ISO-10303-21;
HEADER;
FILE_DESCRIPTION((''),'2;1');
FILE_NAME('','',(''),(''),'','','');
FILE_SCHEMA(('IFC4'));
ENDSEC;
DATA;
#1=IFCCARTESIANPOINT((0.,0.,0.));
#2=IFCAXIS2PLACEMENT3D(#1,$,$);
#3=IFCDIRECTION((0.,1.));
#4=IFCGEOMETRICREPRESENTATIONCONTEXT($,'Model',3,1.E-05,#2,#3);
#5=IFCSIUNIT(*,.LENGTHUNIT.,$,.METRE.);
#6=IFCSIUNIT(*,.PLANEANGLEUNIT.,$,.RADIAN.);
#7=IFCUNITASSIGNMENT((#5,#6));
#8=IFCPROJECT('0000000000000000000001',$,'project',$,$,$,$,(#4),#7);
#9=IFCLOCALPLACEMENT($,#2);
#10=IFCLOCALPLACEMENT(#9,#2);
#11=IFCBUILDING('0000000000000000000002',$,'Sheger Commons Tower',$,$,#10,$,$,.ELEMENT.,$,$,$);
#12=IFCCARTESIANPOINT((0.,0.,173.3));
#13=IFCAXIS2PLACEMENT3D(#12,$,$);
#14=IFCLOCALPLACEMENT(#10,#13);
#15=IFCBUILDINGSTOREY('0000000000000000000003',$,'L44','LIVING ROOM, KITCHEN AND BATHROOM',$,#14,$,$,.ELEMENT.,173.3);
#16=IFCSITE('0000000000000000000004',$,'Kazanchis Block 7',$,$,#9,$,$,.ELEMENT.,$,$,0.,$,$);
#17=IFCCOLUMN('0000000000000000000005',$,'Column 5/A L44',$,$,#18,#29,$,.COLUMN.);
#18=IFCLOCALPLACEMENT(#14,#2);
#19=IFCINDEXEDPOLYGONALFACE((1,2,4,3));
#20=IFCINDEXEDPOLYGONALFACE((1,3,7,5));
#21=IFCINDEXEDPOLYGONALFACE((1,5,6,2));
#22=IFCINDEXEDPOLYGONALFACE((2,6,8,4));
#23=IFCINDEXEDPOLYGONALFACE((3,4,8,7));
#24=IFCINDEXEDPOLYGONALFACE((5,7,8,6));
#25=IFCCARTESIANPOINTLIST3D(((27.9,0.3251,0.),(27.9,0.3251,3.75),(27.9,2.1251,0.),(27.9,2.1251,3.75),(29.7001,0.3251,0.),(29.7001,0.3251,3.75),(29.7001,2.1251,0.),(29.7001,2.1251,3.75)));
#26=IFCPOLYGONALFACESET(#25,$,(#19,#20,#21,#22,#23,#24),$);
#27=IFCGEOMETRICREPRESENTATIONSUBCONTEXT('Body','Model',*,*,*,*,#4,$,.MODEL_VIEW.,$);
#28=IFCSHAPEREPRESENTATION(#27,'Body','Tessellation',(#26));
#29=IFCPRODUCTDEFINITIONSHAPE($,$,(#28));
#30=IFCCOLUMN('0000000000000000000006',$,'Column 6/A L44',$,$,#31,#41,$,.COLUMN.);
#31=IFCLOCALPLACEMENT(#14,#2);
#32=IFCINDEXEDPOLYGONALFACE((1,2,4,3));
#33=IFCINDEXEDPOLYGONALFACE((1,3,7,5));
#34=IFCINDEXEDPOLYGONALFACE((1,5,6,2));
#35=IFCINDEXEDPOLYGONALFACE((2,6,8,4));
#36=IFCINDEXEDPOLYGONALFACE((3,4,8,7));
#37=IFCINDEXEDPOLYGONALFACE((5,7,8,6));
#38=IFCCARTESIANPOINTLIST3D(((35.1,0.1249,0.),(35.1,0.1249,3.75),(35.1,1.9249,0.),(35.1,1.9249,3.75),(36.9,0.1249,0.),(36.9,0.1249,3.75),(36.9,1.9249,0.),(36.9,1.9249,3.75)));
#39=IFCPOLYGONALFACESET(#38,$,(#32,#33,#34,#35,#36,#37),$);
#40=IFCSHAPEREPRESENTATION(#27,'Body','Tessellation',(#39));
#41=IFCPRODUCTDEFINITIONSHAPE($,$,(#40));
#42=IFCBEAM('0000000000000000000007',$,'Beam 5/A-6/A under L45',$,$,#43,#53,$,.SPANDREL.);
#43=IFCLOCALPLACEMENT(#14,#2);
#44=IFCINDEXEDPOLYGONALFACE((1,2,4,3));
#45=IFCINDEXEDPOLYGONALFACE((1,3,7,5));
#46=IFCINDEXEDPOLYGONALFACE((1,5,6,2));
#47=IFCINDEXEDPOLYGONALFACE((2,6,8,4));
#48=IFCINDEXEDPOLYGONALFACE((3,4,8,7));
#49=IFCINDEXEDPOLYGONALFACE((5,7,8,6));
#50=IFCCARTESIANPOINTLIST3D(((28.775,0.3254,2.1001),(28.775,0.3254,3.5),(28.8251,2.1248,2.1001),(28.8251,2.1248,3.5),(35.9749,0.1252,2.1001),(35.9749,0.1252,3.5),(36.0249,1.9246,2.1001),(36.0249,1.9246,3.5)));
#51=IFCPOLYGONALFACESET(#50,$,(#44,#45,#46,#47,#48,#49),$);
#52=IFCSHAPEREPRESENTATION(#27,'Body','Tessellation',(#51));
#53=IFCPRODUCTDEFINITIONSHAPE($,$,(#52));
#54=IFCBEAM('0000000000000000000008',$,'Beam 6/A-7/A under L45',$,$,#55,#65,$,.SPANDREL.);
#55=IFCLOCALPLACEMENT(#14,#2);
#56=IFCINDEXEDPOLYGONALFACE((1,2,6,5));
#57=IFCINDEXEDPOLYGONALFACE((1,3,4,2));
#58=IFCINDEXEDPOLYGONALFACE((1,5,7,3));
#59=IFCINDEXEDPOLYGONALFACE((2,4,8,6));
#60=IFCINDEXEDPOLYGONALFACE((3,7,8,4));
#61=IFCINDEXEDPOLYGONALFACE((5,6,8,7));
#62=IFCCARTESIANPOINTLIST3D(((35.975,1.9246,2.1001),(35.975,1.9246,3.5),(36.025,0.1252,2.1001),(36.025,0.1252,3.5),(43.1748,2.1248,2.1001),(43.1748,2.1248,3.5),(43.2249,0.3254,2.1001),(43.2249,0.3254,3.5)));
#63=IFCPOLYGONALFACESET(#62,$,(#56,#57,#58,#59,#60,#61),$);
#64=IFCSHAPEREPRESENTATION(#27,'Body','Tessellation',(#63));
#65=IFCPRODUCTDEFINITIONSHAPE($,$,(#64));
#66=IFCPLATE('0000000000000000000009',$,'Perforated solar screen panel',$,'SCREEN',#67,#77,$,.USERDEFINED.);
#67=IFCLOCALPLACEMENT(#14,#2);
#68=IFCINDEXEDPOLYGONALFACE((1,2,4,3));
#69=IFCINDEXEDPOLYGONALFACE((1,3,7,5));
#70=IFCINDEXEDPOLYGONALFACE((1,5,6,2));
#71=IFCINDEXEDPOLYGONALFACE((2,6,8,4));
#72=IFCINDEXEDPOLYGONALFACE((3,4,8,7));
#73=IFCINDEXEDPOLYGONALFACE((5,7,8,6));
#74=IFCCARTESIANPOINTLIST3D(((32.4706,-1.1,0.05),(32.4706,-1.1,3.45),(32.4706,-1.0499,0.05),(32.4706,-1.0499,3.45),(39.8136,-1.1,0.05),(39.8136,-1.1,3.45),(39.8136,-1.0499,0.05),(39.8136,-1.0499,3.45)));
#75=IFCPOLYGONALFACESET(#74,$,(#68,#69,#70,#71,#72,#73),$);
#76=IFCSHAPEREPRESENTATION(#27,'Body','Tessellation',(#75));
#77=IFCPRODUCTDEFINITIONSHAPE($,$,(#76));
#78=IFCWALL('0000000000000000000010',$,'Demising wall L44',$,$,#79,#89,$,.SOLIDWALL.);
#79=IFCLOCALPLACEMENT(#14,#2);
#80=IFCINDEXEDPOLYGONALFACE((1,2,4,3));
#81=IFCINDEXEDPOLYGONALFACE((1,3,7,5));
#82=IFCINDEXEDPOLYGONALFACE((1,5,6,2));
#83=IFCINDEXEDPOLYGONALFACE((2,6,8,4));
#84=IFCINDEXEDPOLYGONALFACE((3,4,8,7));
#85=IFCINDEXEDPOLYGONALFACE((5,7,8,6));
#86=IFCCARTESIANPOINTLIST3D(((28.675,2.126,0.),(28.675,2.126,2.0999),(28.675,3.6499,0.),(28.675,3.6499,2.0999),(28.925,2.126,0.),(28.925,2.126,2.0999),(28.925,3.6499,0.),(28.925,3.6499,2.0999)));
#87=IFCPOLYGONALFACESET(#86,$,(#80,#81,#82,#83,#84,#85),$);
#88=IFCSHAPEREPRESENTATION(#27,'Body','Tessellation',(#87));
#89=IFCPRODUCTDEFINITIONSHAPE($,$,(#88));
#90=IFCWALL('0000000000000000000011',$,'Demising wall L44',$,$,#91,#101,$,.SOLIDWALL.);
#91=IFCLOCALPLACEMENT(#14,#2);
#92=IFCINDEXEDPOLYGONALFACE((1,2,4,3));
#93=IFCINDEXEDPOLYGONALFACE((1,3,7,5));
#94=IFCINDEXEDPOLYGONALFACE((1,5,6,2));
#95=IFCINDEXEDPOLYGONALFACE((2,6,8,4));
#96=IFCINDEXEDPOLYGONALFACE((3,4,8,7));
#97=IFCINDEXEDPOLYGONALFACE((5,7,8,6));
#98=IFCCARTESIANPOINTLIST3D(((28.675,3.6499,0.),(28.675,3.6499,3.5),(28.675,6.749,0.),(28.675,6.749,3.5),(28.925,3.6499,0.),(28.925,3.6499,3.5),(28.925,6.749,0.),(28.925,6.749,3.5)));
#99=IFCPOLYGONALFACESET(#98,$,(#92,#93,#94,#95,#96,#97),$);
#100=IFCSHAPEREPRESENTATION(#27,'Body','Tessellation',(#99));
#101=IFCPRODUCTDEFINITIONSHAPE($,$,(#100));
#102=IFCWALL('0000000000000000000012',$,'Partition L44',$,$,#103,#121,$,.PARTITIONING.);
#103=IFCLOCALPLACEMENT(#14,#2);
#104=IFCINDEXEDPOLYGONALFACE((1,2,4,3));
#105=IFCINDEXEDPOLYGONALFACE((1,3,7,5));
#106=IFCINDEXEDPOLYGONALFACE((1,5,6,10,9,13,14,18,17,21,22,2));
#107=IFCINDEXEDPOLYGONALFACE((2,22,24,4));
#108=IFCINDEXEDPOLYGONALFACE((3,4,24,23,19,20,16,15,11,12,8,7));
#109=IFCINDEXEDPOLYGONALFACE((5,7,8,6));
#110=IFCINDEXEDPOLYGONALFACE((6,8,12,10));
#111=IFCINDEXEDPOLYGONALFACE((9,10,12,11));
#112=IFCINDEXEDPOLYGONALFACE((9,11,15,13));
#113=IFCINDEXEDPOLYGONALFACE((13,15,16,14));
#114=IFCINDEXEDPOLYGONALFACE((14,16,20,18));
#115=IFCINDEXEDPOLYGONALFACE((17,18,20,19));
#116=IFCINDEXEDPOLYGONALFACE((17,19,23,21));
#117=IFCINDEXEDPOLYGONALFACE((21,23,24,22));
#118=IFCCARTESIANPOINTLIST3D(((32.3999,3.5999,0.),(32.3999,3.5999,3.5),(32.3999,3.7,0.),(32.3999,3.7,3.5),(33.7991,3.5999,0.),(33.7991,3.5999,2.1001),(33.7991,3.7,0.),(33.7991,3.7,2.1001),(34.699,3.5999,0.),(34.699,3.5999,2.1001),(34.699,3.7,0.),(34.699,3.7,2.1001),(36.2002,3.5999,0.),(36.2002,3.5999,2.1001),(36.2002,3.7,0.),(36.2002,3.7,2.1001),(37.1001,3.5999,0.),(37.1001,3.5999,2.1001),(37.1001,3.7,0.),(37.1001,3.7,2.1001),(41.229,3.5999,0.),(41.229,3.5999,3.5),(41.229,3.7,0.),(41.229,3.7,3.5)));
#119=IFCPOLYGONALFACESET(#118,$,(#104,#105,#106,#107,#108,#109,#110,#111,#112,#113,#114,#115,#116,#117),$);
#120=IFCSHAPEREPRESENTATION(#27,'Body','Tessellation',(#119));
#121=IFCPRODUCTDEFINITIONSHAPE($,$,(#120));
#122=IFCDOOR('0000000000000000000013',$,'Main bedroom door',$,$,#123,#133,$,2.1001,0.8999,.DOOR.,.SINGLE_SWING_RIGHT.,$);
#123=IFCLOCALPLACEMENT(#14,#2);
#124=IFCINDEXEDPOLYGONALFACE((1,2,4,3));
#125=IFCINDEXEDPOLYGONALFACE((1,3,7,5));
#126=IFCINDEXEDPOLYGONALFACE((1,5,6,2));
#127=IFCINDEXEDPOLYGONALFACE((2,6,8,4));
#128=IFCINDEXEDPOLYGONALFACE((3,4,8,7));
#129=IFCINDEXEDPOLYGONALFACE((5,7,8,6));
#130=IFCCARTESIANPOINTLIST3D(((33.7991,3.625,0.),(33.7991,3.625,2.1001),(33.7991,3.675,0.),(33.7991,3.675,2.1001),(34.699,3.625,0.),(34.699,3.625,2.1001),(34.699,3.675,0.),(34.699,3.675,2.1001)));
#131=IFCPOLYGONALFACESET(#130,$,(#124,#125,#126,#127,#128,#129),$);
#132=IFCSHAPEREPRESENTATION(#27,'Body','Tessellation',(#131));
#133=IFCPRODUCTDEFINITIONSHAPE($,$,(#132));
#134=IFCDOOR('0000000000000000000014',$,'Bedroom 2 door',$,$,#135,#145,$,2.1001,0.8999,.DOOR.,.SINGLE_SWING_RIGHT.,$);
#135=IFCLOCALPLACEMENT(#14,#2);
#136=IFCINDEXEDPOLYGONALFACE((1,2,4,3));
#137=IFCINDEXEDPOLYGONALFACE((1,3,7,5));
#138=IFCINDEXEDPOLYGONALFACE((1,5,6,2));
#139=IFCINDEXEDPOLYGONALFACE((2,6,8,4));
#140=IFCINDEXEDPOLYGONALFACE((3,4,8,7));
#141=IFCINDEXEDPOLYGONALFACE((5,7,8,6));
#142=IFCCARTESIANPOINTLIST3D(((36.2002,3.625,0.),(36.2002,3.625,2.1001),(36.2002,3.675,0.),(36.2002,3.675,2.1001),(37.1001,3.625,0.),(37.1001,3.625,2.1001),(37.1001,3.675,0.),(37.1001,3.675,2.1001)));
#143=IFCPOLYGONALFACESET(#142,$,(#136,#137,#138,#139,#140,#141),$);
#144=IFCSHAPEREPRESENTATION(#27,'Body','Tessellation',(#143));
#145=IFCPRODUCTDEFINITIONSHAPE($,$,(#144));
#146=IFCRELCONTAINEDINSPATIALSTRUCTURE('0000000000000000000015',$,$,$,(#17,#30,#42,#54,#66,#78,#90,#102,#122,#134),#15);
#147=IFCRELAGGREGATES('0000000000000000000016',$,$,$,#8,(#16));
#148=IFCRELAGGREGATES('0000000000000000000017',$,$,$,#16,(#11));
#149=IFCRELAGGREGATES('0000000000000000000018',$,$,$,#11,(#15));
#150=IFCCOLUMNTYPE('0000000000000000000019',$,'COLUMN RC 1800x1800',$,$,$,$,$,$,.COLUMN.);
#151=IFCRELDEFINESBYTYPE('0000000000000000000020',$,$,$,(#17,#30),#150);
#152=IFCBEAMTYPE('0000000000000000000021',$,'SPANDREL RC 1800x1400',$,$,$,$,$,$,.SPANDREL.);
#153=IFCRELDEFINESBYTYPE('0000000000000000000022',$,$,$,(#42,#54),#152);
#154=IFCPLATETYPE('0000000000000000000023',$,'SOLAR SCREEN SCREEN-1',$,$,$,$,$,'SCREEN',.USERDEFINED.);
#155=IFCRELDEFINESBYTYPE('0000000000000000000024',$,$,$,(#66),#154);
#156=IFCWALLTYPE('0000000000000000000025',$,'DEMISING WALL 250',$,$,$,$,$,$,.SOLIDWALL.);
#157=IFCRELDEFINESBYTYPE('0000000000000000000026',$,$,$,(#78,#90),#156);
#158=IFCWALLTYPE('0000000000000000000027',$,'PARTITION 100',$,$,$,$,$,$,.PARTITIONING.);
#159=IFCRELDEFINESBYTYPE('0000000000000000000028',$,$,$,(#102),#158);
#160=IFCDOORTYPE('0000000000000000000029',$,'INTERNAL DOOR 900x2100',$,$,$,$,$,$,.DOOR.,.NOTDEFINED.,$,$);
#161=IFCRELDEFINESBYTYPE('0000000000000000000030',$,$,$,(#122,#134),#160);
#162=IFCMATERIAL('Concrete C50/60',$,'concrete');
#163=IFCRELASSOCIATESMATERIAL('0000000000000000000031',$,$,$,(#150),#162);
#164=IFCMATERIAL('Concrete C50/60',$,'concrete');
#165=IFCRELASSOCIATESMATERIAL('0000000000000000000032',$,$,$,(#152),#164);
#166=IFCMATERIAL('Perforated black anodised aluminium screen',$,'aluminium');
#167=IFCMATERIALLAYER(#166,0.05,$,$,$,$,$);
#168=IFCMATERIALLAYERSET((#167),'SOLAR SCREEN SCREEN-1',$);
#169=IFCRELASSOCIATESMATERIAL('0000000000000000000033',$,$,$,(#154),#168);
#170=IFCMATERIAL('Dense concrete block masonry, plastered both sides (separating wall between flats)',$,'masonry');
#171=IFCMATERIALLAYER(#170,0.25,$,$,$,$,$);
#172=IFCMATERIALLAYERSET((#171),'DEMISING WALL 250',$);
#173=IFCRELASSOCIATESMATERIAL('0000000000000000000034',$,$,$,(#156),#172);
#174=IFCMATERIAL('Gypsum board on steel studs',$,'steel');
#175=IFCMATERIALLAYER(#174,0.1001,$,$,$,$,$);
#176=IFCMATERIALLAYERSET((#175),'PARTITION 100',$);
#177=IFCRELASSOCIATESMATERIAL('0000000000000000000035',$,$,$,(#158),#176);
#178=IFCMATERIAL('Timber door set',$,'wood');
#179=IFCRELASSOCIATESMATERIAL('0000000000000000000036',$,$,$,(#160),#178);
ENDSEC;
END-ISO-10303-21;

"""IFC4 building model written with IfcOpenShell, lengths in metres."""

from ifc_helpers import new_model, si_unit, direction, frame, frame_2d, origin, origin_2d, place, context, subcontext, project, spatial, rectangle, extrude, material, layer, layer_set, material_profile, profile_set, type_object, element, fill, save


model = new_model("IFC4")

# Units and contexts
model_context = context("Model", 3, precision=1e-05, world=origin(), true_north=direction((0.0, 1.0)))
body_context = subcontext(model_context, "Body", "Model", "MODEL_VIEW")
ifc_project = project(units=[si_unit("LENGTHUNIT", "METRE"), si_unit("PLANEANGLEUNIT", "RADIAN")], contexts=[model_context])

# Site, building, storey
site_placement = place(None, origin())
site = spatial("IfcSite", under=ifc_project, at=site_placement, Name="Kazanchis Block 7", CompositionType="ELEMENT", RefElevation=0.0)
building_placement = place(site_placement, origin())
building = spatial("IfcBuilding", under=site, at=building_placement, Name="Sheger Commons Tower", CompositionType="ELEMENT")
storey_placement = place(building_placement, frame((0.0, 0.0, 173.3)))
storey = spatial("IfcBuildingStorey", under=building, at=storey_placement, Name="L44", Description="LIVING ROOM, KITCHEN AND BATHROOM", CompositionType="ELEMENT", Elevation=173.3)

# Columns
ifc_material_1 = material(Name="Concrete C50/60", Category="concrete")
ifc_material_profile_1 = material_profile(ifc_material_1, rectangle(XDim=1.8, YDim=1.8, at=origin_2d()), Name="RC 1800x1800")
ifc_profile_set_1 = profile_set([ifc_material_profile_1], Name="Concrete C50/60")
column_type = type_object("IfcColumnType", Name="COLUMN RC 1800x1800", PredefinedType="COLUMN", material=ifc_profile_set_1)
for number, where, z_axis, x_axis, name in (
    (1, (28.8, 1.2251, 0.0), (0.0, 0.0, 1.0), (1.0, 0.0, 0.0), "Column 5/A L44"),
    (2, (36.0, 1.0249, 0.0), (0.0, 0.0, 1.0), (1.0, 0.0, 0.0), "Column 6/A L44"),
):
    element("IfcColumn", number, at=place(storey_placement, frame(where, z_axis=z_axis, x_axis=x_axis)), inside=storey, type_object=column_type, Name=name, PredefinedType="COLUMN", context=body_context, shape_type="SweptSolid", body=[
        extrude(rectangle(XDim=1.8, YDim=1.8, at=origin_2d()), origin(), (0.0, 0.0, 1.0), 3.75),
    ])

# Beams
ifc_material_2 = material(Name="Concrete C50/60", Category="concrete")
ifc_material_profile_2 = material_profile(ifc_material_2, rectangle(XDim=1.8, YDim=1.3999, at=origin_2d()), Name="RC 1800x1400")
ifc_profile_set_2 = profile_set([ifc_material_profile_2], Name="Concrete C50/60")
beam_type = type_object("IfcBeamType", Name="SPANDREL RC 1800x1400", PredefinedType="SPANDREL", material=ifc_profile_set_2)
for number, where, z_axis, x_axis, name in (
    (3, (28.8, 1.2251, 2.8), (0.999614, -0.027794, 0.0), (0.027794, 0.999614, 0.0), "Beam 5/A-6/A under L45"),
    (4, (36.0, 1.0249, 2.8), (0.999614, 0.027794, 0.0), (-0.027794, 0.999614, 0.0), "Beam 6/A-7/A under L45"),
):
    element("IfcBeam", number, at=place(storey_placement, frame(where, z_axis=z_axis, x_axis=x_axis)), inside=storey, type_object=beam_type, Name=name, PredefinedType="SPANDREL", context=body_context, shape_type="SweptSolid", body=[
        extrude(rectangle(XDim=1.8, YDim=1.3999, at=origin_2d()), origin(), (0.0, 0.0, 1.0), 7.2026),
    ])

# Plate
ifc_material_3 = material(Name="Perforated black anodised aluminium screen", Category="aluminium")
ifc_layer_1 = layer(ifc_material_3, 0.05)
ifc_layer_set_1 = layer_set([ifc_layer_1], Name="SOLAR SCREEN SCREEN-1")
plate_type = type_object("IfcPlateType", Name="SOLAR SCREEN SCREEN-1", ElementType="SCREEN", PredefinedType="USERDEFINED", material=ifc_layer_set_1)
plate_placement = place(storey_placement, frame((36.1421, -1.075, 0.05), z_axis=(0.0, 0.0, 1.0), x_axis=(1.0, 0.0, 0.0)))
element("IfcPlate", 5, at=plate_placement, inside=storey, type_object=plate_type, Name="Perforated solar screen panel", ObjectType="SCREEN", PredefinedType="USERDEFINED", context=body_context, shape_type="SweptSolid", body=[
    extrude(rectangle(XDim=7.343, YDim=0.05, at=origin_2d()), origin(), (0.0, 0.0, 1.0), 3.3999),
])

# Walls
ifc_material_4 = material(Name="Dense concrete block masonry, plastered both sides (separating wall between flats)", Category="masonry")
ifc_layer_2 = layer(ifc_material_4, 0.25)
ifc_layer_set_2 = layer_set([ifc_layer_2], Name="DEMISING WALL 250")
wall_type_1 = type_object("IfcWallType", Name="DEMISING WALL 250", PredefinedType="SOLIDWALL", material=ifc_layer_set_2)
wall_1_placement = place(storey_placement, frame((28.8, 2.126, 0.0), z_axis=(0.0, 0.0, 1.0), x_axis=(0.0, 1.0, 0.0)))
element("IfcWall", 6, at=wall_1_placement, inside=storey, type_object=wall_type_1, Name="Demising wall L44", PredefinedType="SOLIDWALL", context=body_context, shape_type="SweptSolid", body=[
    extrude(rectangle(XDim=1.5239, YDim=0.25, at=frame_2d((0.762, 0.0))), origin(), (0.0, 0.0, 1.0), 2.0999),
])
wall_2_placement = place(storey_placement, frame((28.8, 3.6499, 0.0), z_axis=(0.0, 0.0, 1.0), x_axis=(0.0, 1.0, 0.0)))
element("IfcWall", 7, at=wall_2_placement, inside=storey, type_object=wall_type_1, Name="Demising wall L44", PredefinedType="SOLIDWALL", context=body_context, shape_type="SweptSolid", body=[
    extrude(rectangle(XDim=3.0991, YDim=0.25, at=frame_2d((1.5496, 0.0))), origin(), (0.0, 0.0, 1.0), 3.5),
])

# Wall, openings, doors
ifc_material_5 = material(Name="Gypsum board on steel studs", Category="steel")
ifc_layer_3 = layer(ifc_material_5, 0.1001)
ifc_layer_set_3 = layer_set([ifc_layer_3], Name="PARTITION 100")
wall_type_2 = type_object("IfcWallType", Name="PARTITION 100", PredefinedType="PARTITIONING", material=ifc_layer_set_3)
wall_3_placement = place(storey_placement, frame((41.229, 3.6499, 0.0), z_axis=(0.0, 0.0, 1.0), x_axis=(-1.0, 0.0, 0.0)))
wall_3 = element("IfcWall", 8, at=wall_3_placement, inside=storey, type_object=wall_type_2, Name="Partition L44", PredefinedType="PARTITIONING", context=body_context, shape_type="SweptSolid", body=[
    extrude(rectangle(XDim=8.8291, YDim=0.1001, at=frame_2d((4.4146, 0.0))), origin(), (0.0, 0.0, 1.0), 3.5),
])
opening_1_placement = place(wall_3_placement, frame((6.53, 0.0, 0.0)))
opening_1 = element("IfcOpeningElement", 9, at=opening_1_placement, cuts=wall_3, PredefinedType="OPENING", context=body_context, shape_type="SweptSolid", body=[
    extrude(rectangle(XDim=0.8999, YDim=2.1001, at=frame_2d((0.45, 1.05))), frame((0.0, 0.0601, 0.0), z_axis=(0.0, -1.0, 0.0), x_axis=(1.0, 0.0, 0.0)), (0.0, 0.0, 1.0), 0.1201),
])
opening_2_placement = place(wall_3_placement, frame((4.1289, 0.0, 0.0)))
opening_2 = element("IfcOpeningElement", 10, at=opening_2_placement, cuts=wall_3, PredefinedType="OPENING", context=body_context, shape_type="SweptSolid", body=[
    extrude(rectangle(XDim=0.8999, YDim=2.1001, at=frame_2d((0.45, 1.05))), frame((0.0, 0.0601, 0.0), z_axis=(0.0, -1.0, 0.0), x_axis=(1.0, 0.0, 0.0)), (0.0, 0.0, 1.0), 0.1201),
])
ifc_material_6 = material(Name="Timber door set", Category="wood")
door_type = type_object("IfcDoorType", Name="INTERNAL DOOR 900x2100", OperationType="NOTDEFINED", PredefinedType="DOOR", material=ifc_material_6)
door_1_placement = place(opening_1_placement, origin())
door_1 = element("IfcDoor", 11, at=door_1_placement, inside=storey, type_object=door_type, Name="Main bedroom door", OperationType="SINGLE_SWING_RIGHT", OverallHeight=2.1001, OverallWidth=0.8999, PredefinedType="DOOR", context=body_context, shape_type="SweptSolid", body=[
    extrude(rectangle(XDim=0.8999, YDim=2.1001, at=frame_2d((0.45, 1.05))), frame((0.0, 0.0249, 0.0), z_axis=(0.0, -1.0, 0.0), x_axis=(1.0, 0.0, 0.0)), (0.0, 0.0, 1.0), 0.05),
])
fill(opening_1, door_1)
door_2_placement = place(opening_2_placement, origin())
door_2 = element("IfcDoor", 12, at=door_2_placement, inside=storey, type_object=door_type, Name="Bedroom 2 door", OperationType="SINGLE_SWING_RIGHT", OverallHeight=2.1001, OverallWidth=0.8999, PredefinedType="DOOR", context=body_context, shape_type="SweptSolid", body=[
    extrude(rectangle(XDim=0.8999, YDim=2.1001, at=frame_2d((0.45, 1.05))), frame((0.0, 0.0249, 0.0), z_axis=(0.0, -1.0, 0.0), x_axis=(1.0, 0.0, 0.0)), (0.0, 0.0, 1.0), 0.05),
])
fill(opening_2, door_2)

save(model, "model.ifc")
